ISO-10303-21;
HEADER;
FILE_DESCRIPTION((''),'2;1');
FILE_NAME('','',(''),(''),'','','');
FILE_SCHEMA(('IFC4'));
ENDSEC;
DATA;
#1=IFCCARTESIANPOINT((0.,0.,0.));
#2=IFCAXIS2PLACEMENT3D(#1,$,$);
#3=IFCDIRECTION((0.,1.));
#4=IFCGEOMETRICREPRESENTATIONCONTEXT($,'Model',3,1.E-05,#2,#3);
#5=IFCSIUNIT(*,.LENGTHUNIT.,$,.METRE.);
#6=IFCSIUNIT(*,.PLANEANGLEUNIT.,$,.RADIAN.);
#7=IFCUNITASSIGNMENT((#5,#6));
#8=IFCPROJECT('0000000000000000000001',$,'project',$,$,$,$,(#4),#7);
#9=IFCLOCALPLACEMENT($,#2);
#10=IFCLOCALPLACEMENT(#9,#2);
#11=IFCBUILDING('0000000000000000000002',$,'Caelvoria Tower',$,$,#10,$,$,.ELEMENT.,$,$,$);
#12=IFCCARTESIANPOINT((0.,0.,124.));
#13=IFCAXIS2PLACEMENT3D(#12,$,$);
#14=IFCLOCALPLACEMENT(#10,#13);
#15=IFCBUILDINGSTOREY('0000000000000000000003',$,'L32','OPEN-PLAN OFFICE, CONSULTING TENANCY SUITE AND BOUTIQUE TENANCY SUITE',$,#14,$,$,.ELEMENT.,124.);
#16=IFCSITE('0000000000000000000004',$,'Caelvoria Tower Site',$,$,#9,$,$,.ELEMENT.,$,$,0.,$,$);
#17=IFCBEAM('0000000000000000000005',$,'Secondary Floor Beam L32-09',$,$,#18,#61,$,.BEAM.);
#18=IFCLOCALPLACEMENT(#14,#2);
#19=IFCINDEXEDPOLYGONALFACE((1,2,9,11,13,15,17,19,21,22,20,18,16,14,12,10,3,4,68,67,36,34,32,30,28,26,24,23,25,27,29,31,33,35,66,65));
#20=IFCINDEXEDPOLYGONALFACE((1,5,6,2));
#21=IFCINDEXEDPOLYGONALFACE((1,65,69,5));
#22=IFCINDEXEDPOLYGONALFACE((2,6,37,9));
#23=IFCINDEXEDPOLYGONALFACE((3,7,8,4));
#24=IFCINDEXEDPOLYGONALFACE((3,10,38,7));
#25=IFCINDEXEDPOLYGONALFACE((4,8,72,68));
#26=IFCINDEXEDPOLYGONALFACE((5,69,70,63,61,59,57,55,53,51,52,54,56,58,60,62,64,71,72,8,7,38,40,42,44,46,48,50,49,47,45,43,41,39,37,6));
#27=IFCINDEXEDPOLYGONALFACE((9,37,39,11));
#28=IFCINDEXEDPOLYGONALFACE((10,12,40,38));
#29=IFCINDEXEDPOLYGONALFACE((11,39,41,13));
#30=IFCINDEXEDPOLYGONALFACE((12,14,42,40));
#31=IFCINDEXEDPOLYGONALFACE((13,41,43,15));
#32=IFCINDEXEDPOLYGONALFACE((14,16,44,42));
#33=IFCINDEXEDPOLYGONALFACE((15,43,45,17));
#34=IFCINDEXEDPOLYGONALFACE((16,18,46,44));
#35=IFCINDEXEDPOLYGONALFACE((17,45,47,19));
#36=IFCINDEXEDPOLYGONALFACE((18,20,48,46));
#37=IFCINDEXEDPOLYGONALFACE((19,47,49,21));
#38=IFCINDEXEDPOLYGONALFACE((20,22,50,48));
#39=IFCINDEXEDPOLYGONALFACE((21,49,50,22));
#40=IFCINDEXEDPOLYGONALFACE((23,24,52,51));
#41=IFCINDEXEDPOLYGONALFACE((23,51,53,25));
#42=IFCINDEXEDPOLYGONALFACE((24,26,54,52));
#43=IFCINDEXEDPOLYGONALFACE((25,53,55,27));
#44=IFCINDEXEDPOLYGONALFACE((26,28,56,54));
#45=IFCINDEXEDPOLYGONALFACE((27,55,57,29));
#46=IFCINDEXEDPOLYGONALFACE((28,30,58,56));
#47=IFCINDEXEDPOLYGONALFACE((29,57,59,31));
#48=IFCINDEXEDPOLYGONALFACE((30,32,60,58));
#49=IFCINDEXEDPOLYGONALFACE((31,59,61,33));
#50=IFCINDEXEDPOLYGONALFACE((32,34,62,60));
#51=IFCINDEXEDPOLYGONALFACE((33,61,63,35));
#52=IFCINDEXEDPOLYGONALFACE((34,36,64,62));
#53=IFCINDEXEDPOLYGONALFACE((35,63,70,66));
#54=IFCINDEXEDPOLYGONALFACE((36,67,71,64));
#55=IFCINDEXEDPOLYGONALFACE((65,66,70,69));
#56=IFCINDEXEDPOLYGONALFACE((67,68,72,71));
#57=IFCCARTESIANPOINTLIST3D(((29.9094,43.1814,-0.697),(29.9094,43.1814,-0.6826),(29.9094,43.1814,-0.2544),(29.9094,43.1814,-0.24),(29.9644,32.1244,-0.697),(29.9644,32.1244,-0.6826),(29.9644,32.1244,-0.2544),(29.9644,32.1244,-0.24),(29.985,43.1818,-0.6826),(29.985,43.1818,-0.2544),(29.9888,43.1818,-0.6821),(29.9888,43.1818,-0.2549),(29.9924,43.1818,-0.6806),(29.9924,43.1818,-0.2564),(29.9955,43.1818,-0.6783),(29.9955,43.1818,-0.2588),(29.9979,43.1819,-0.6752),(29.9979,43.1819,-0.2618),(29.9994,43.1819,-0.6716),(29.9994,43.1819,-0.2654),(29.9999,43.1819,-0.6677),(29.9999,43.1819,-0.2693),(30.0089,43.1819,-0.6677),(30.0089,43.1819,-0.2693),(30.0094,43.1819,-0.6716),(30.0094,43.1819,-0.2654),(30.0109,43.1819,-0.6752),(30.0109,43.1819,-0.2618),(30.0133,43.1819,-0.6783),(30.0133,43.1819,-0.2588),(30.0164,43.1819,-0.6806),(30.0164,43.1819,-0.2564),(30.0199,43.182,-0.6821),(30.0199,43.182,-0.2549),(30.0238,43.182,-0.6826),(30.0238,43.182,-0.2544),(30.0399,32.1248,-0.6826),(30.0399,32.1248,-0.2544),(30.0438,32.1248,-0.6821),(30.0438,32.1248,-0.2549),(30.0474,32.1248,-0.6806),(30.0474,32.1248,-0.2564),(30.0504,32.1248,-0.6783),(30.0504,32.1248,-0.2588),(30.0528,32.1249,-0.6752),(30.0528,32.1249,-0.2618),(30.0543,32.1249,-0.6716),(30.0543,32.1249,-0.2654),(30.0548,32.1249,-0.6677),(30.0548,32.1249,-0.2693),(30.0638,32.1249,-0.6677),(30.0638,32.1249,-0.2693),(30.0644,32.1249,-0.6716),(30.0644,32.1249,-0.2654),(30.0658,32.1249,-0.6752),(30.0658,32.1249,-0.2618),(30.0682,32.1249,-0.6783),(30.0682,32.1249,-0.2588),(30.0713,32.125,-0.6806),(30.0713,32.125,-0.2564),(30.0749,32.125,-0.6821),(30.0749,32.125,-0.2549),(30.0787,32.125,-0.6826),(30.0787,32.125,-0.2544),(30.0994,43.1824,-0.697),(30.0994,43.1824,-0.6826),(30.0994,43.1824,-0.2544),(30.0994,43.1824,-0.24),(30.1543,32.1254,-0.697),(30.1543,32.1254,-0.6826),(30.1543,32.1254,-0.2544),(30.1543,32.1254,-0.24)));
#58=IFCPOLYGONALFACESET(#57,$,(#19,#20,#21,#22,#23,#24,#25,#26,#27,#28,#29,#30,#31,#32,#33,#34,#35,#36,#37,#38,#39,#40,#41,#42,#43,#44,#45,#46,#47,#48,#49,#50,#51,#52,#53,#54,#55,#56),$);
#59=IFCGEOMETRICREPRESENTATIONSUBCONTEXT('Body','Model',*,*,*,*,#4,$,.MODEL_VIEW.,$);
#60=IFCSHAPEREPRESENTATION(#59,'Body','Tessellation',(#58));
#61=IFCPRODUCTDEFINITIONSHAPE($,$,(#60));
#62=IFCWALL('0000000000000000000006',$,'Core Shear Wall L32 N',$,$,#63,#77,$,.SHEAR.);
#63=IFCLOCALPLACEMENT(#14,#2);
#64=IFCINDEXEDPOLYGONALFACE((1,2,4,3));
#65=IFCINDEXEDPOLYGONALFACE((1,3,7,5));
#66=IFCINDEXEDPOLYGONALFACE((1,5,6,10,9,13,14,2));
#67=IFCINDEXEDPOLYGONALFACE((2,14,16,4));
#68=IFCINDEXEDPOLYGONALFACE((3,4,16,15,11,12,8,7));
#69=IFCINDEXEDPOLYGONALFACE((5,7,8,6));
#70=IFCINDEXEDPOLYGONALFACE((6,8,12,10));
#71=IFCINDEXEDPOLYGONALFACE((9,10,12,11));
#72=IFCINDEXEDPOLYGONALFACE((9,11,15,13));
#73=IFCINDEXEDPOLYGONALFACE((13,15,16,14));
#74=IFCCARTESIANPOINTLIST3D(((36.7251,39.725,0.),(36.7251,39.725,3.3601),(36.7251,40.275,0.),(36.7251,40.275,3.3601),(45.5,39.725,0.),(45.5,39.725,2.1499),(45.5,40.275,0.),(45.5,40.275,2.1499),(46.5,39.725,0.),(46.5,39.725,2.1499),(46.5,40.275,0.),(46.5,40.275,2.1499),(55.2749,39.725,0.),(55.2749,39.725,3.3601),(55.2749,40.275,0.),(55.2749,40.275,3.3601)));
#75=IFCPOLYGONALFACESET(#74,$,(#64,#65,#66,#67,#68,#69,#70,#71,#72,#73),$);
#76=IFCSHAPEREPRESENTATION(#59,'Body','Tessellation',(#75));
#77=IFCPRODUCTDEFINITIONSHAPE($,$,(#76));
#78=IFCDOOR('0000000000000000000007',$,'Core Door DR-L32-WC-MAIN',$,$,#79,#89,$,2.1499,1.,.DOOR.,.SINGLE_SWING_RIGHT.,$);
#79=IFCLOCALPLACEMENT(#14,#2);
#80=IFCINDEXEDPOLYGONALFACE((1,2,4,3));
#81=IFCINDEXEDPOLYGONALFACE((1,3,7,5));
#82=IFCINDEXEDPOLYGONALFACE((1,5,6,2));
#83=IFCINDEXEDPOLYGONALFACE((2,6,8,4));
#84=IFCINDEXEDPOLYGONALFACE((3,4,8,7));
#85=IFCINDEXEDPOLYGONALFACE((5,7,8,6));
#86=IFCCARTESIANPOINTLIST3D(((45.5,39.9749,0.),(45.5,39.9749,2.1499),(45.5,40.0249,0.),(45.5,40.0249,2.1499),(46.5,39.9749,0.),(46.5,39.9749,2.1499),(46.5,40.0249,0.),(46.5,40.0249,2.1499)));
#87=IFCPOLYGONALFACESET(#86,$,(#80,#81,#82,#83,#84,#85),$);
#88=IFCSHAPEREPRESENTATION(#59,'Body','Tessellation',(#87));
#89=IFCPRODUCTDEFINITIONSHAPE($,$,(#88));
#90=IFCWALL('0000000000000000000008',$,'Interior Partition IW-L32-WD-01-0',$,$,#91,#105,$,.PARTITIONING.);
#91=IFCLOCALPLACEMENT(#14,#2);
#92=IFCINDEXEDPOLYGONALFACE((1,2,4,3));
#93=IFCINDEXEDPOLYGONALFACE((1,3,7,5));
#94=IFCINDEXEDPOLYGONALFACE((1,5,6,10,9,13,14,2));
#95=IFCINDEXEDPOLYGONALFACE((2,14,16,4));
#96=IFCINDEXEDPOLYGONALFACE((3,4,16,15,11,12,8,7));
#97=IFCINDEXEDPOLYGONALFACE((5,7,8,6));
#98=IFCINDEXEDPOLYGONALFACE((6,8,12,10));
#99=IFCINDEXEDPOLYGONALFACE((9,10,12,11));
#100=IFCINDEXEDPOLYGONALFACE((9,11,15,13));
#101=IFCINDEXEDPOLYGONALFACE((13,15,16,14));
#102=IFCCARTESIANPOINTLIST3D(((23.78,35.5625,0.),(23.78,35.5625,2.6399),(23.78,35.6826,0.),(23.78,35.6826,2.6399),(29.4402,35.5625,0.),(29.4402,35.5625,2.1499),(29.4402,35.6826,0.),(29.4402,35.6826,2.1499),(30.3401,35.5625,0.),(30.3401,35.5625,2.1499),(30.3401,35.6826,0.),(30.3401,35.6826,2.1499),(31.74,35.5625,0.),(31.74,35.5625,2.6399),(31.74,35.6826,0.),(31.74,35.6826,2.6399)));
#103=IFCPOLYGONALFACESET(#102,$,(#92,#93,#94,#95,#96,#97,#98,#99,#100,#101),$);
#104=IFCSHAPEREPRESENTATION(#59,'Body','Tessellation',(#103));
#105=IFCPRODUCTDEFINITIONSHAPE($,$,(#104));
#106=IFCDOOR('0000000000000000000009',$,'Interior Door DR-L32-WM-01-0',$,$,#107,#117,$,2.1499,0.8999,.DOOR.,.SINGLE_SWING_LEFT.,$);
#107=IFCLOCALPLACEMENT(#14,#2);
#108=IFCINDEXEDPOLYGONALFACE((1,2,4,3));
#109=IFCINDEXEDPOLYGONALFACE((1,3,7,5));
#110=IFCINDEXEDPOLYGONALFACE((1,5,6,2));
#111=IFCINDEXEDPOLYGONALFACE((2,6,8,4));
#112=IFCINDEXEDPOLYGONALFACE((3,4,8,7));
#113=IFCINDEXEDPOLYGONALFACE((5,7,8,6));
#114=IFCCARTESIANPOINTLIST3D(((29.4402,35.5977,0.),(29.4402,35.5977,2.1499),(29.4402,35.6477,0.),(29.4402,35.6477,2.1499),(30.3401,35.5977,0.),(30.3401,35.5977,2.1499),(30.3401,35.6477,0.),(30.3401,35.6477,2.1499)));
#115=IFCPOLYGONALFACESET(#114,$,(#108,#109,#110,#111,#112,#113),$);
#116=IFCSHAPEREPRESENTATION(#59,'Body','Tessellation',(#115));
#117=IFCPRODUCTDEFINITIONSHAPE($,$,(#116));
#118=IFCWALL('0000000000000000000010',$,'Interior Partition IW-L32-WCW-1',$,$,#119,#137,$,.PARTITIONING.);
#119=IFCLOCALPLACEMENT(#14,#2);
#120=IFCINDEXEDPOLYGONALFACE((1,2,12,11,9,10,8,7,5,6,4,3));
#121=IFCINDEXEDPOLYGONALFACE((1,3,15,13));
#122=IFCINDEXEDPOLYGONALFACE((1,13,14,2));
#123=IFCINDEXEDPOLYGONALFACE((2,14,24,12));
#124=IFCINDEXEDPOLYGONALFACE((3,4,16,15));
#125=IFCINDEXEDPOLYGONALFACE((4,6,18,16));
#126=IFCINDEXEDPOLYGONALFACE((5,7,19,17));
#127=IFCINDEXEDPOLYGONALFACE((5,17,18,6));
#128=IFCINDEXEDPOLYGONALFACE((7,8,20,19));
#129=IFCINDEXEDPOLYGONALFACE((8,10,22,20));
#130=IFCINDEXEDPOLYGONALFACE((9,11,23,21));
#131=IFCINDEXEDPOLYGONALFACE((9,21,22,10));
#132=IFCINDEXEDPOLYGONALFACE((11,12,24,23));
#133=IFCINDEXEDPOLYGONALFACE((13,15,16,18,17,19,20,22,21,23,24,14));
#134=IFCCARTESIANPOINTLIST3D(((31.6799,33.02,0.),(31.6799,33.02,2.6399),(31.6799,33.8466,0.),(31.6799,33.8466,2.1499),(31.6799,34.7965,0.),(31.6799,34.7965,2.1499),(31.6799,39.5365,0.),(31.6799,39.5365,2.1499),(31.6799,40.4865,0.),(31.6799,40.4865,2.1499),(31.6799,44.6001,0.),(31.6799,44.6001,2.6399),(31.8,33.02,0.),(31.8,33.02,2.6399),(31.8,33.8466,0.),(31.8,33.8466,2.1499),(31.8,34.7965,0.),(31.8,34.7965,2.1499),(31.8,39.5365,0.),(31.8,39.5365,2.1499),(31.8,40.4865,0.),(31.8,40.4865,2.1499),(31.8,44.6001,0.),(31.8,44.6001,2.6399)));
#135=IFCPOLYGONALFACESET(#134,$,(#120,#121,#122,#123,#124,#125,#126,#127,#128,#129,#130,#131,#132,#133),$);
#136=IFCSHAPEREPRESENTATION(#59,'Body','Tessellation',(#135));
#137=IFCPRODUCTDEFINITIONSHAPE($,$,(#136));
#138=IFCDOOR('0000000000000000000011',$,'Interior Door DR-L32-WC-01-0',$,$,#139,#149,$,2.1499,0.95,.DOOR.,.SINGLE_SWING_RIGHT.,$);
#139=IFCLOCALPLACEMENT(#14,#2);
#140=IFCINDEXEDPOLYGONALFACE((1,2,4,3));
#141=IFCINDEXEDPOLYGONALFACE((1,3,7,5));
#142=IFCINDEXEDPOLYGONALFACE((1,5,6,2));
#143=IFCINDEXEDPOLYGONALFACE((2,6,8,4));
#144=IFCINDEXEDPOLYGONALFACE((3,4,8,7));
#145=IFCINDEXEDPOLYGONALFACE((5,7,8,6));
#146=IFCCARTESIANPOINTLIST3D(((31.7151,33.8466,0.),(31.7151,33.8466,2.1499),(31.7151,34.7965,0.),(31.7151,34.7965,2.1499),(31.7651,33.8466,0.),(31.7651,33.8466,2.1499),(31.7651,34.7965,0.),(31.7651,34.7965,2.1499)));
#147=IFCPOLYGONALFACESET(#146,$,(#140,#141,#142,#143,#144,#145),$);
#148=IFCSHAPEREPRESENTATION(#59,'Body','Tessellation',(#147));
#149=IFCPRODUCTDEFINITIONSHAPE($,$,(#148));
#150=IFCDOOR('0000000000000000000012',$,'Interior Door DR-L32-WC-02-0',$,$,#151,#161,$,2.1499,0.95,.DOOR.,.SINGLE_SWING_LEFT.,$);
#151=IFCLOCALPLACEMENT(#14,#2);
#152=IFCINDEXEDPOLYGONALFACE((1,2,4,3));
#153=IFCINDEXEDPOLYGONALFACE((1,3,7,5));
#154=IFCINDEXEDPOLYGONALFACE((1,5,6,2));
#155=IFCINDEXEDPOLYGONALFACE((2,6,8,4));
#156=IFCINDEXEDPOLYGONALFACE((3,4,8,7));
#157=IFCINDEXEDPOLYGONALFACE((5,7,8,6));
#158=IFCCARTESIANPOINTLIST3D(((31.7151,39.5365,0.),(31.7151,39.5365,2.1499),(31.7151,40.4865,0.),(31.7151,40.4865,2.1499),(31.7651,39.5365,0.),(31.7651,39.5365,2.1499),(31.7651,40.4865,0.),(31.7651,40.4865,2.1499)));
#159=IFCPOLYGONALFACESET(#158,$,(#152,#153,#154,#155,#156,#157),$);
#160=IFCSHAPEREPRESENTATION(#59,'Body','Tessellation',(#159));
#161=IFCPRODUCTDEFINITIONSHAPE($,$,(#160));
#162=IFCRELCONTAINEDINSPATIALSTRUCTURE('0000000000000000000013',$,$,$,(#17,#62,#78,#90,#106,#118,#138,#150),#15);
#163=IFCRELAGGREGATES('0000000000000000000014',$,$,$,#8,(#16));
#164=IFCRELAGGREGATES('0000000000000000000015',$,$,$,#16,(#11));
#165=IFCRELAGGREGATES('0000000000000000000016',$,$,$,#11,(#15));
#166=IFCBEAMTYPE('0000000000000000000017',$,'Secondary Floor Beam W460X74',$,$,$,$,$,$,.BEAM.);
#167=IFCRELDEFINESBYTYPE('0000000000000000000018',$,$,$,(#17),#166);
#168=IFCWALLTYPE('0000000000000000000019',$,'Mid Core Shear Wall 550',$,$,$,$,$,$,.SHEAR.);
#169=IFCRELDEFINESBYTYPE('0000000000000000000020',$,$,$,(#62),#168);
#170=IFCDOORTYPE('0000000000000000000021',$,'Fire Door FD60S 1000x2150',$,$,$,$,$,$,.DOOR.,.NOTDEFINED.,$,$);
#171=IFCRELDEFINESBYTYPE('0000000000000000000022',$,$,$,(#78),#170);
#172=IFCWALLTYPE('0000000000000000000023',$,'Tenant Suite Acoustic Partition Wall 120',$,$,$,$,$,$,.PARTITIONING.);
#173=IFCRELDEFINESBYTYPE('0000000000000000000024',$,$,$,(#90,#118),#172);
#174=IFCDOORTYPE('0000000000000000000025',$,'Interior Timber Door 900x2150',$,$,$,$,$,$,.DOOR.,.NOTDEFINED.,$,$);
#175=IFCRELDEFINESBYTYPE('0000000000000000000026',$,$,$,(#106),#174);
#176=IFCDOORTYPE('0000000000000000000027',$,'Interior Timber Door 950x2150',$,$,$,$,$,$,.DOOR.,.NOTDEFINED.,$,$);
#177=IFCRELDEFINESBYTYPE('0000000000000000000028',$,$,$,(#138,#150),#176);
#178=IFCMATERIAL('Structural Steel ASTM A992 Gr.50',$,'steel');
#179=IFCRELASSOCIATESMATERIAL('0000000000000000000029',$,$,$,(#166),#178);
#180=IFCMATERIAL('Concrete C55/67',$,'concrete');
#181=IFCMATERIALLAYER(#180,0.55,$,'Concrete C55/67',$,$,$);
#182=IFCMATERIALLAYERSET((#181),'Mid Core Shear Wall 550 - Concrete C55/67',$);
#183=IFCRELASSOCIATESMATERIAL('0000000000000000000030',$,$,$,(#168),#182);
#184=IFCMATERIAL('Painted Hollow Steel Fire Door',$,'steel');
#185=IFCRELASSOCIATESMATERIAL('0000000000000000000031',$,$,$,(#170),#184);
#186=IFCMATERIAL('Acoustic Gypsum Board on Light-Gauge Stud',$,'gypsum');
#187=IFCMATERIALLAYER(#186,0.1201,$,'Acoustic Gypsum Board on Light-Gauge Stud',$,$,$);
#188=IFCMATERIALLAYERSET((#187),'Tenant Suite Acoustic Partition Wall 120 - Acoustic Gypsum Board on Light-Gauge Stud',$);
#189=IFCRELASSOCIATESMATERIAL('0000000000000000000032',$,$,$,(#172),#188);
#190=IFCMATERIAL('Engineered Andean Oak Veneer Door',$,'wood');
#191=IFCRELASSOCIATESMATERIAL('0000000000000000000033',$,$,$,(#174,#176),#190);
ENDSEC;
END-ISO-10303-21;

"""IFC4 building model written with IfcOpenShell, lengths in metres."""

from ifc_helpers import new_model, si_unit, direction, frame, frame_2d, origin, origin_2d, place, context, subcontext, project, spatial, rectangle, i_section, extrude, material, layer, layer_set, material_profile, profile_set, type_object, element, fill, save


model = new_model("IFC4")

# Units and contexts
model_context = context("Model", 3, precision=1e-05, world=origin(), true_north=direction((0.0, 1.0)))
body_context = subcontext(model_context, "Body", "Model", "MODEL_VIEW")
ifc_project = project(units=[si_unit("LENGTHUNIT", "METRE"), si_unit("PLANEANGLEUNIT", "RADIAN")], contexts=[model_context])

# Site, building, storey
site_placement = place(None, origin())
site = spatial("IfcSite", under=ifc_project, at=site_placement, Name="Caelvoria Tower Site", CompositionType="ELEMENT", RefElevation=0.0)
building_placement = place(site_placement, origin())
building = spatial("IfcBuilding", under=site, at=building_placement, Name="Caelvoria Tower", CompositionType="ELEMENT")
storey_placement = place(building_placement, frame((0.0, 0.0, 124.0)))
storey = spatial("IfcBuildingStorey", under=building, at=storey_placement, Name="L32", Description="OPEN-PLAN OFFICE, CONSULTING TENANCY SUITE AND BOUTIQUE TENANCY SUITE", CompositionType="ELEMENT", Elevation=124.0)

# Beam
ifc_material_1 = material(Name="Structural Steel ASTM A992 Gr.50", Category="steel")
ifc_material_profile = material_profile(ifc_material_1, i_section(OverallWidth=0.1899, OverallDepth=0.457, WebThickness=0.009, FlangeThickness=0.0144, FilletRadius=0.0149, at=origin_2d()), Name="Structural Steel ASTM A992 Gr.50")
ifc_profile_set = profile_set([ifc_material_profile], Name="W460X74 - Structural Steel ASTM A992 Gr.50")
beam_type = type_object("IfcBeamType", Name="Secondary Floor Beam W460X74", PredefinedType="BEAM", material=ifc_profile_set)
beam_placement = place(storey_placement, frame((30.0044, 43.1819, -0.4685), z_axis=(0.004968, -0.999988, 0.0), x_axis=(0.999988, 0.004968, 0.0)))
element("IfcBeam", 1, at=beam_placement, inside=storey, type_object=beam_type, Name="Secondary Floor Beam L32-09", PredefinedType="BEAM", context=body_context, shape_type="SweptSolid", body=[
    extrude(i_section(OverallWidth=0.1899, OverallDepth=0.457, WebThickness=0.009, FlangeThickness=0.0144, FilletRadius=0.0149, at=origin_2d()), origin(), (0.0, 0.0, 1.0), 11.0571),
])

# Walls, openings, doors
ifc_material_2 = material(Name="Concrete C55/67", Category="concrete")
ifc_layer_1 = layer(ifc_material_2, 0.55, Name="Concrete C55/67")
ifc_layer_set_1 = layer_set([ifc_layer_1], Name="Mid Core Shear Wall 550 - Concrete C55/67")
wall_type_1 = type_object("IfcWallType", Name="Mid Core Shear Wall 550", PredefinedType="SHEAR", material=ifc_layer_set_1)
wall_1_placement = place(storey_placement, frame((36.7251, 40.0, 0.0), z_axis=(0.0, 0.0, 1.0), x_axis=(1.0, 0.0, 0.0)))
wall_1 = element("IfcWall", 2, at=wall_1_placement, inside=storey, type_object=wall_type_1, Name="Core Shear Wall L32 N", PredefinedType="SHEAR", context=body_context, shape_type="SweptSolid", body=[
    extrude(rectangle(XDim=18.5498, YDim=0.55, at=frame_2d((9.2749, 0.0))), origin(), (0.0, 0.0, 1.0), 3.3601),
])
opening_1_placement = place(wall_1_placement, frame((8.7749, 0.0, 0.0)))
opening_1 = element("IfcOpeningElement", 3, at=opening_1_placement, cuts=wall_1, PredefinedType="OPENING", context=body_context, shape_type="SweptSolid", body=[
    extrude(rectangle(XDim=1.0, YDim=2.1499, at=frame_2d((0.5, 1.075))), frame((0.0, 0.2849, 0.0), z_axis=(0.0, -1.0, 0.0), x_axis=(1.0, 0.0, 0.0)), (0.0, 0.0, 1.0), 0.5701),
])
ifc_material_3 = material(Name="Painted Hollow Steel Fire Door", Category="steel")
door_type_1 = type_object("IfcDoorType", Name="Fire Door FD60S 1000x2150", OperationType="NOTDEFINED", PredefinedType="DOOR", material=ifc_material_3)
door_1_placement = place(opening_1_placement, origin())
door_1 = element("IfcDoor", 4, at=door_1_placement, inside=storey, type_object=door_type_1, Name="Core Door DR-L32-WC-MAIN", OperationType="SINGLE_SWING_RIGHT", OverallHeight=2.1499, OverallWidth=1.0, PredefinedType="DOOR", context=body_context, shape_type="SweptSolid", body=[
    extrude(rectangle(XDim=1.0, YDim=2.1499, at=frame_2d((0.5, 1.075))), frame((0.0, 0.0249, 0.0), z_axis=(0.0, -1.0, 0.0), x_axis=(1.0, 0.0, 0.0)), (0.0, 0.0, 1.0), 0.05),
])
fill(opening_1, door_1)
ifc_material_4 = material(Name="Acoustic Gypsum Board on Light-Gauge Stud", Category="gypsum")
ifc_layer_2 = layer(ifc_material_4, 0.1201, Name="Acoustic Gypsum Board on Light-Gauge Stud")
ifc_layer_set_2 = layer_set([ifc_layer_2], Name="Tenant Suite Acoustic Partition Wall 120 - Acoustic Gypsum Board on Light-Gauge Stud")
wall_type_2 = type_object("IfcWallType", Name="Tenant Suite Acoustic Partition Wall 120", PredefinedType="PARTITIONING", material=ifc_layer_set_2)
wall_2_placement = place(storey_placement, frame((31.74, 35.6226, 0.0), z_axis=(0.0, 0.0, 1.0), x_axis=(-1.0, 0.0, 0.0)))
wall_2 = element("IfcWall", 5, at=wall_2_placement, inside=storey, type_object=wall_type_2, Name="Interior Partition IW-L32-WD-01-0", PredefinedType="PARTITIONING", context=body_context, shape_type="SweptSolid", body=[
    extrude(rectangle(XDim=7.96, YDim=0.1201, at=frame_2d((3.98, 0.0))), origin(), (0.0, 0.0, 1.0), 2.6399),
])
opening_2_placement = place(wall_2_placement, frame((1.3999, 0.0, 0.0)))
opening_2 = element("IfcOpeningElement", 6, at=opening_2_placement, cuts=wall_2, PredefinedType="OPENING", context=body_context, shape_type="SweptSolid", body=[
    extrude(rectangle(XDim=0.8999, YDim=2.1499, at=frame_2d((0.45, 1.075))), frame((0.0, 0.0701, 0.0), z_axis=(0.0, -1.0, 0.0), x_axis=(1.0, 0.0, 0.0)), (0.0, 0.0, 1.0), 0.1401),
])
ifc_material_5 = material(Name="Engineered Andean Oak Veneer Door", Category="wood")
door_type_2 = type_object("IfcDoorType", Name="Interior Timber Door 900x2150", OperationType="NOTDEFINED", PredefinedType="DOOR", material=ifc_material_5)
door_2_placement = place(opening_2_placement, origin())
door_2 = element("IfcDoor", 7, at=door_2_placement, inside=storey, type_object=door_type_2, Name="Interior Door DR-L32-WM-01-0", OperationType="SINGLE_SWING_LEFT", OverallHeight=2.1499, OverallWidth=0.8999, PredefinedType="DOOR", context=body_context, shape_type="SweptSolid", body=[
    extrude(rectangle(XDim=0.8999, YDim=2.1499, at=frame_2d((0.45, 1.075))), frame((0.0, 0.0249, 0.0), z_axis=(0.0, -1.0, 0.0), x_axis=(1.0, 0.0, 0.0)), (0.0, 0.0, 1.0), 0.05),
])
fill(opening_2, door_2)

# Wall, openings, doors
wall_3_placement = place(storey_placement, frame((31.74, 33.02, 0.0), z_axis=(0.0, 0.0, 1.0), x_axis=(0.0, 1.0, 0.0)))
wall_3 = element("IfcWall", 8, at=wall_3_placement, inside=storey, type_object=wall_type_2, Name="Interior Partition IW-L32-WCW-1", PredefinedType="PARTITIONING", context=body_context, shape_type="SweptSolid", body=[
    extrude(rectangle(XDim=11.5801, YDim=0.1201, at=frame_2d((5.79, 0.0))), origin(), (0.0, 0.0, 1.0), 2.6399),
])
opening_3_placement = place(wall_3_placement, frame((0.8264, 0.0, 0.0)))
opening_3 = element("IfcOpeningElement", 9, at=opening_3_placement, cuts=wall_3, PredefinedType="OPENING", context=body_context, shape_type="SweptSolid", body=[
    extrude(rectangle(XDim=0.95, YDim=2.1499, at=frame_2d((0.4751, 1.075))), frame((0.0, 0.0701, 0.0), z_axis=(0.0, -1.0, 0.0), x_axis=(1.0, 0.0, 0.0)), (0.0, 0.0, 1.0), 0.1401),
])
opening_4_placement = place(wall_3_placement, frame((6.5164, 0.0, 0.0)))
opening_4 = element("IfcOpeningElement", 10, at=opening_4_placement, cuts=wall_3, PredefinedType="OPENING", context=body_context, shape_type="SweptSolid", body=[
    extrude(rectangle(XDim=0.95, YDim=2.1499, at=frame_2d((0.4751, 1.075))), frame((0.0, 0.0701, 0.0), z_axis=(0.0, -1.0, 0.0), x_axis=(1.0, 0.0, 0.0)), (0.0, 0.0, 1.0), 0.1401),
])
door_type_3 = type_object("IfcDoorType", Name="Interior Timber Door 950x2150", OperationType="NOTDEFINED", PredefinedType="DOOR", material=ifc_material_5)
door_3_placement = place(opening_3_placement, origin())
door_3 = element("IfcDoor", 11, at=door_3_placement, inside=storey, type_object=door_type_3, Name="Interior Door DR-L32-WC-01-0", OperationType="SINGLE_SWING_RIGHT", OverallHeight=2.1499, OverallWidth=0.95, PredefinedType="DOOR", context=body_context, shape_type="SweptSolid", body=[
    extrude(rectangle(XDim=0.95, YDim=2.1499, at=frame_2d((0.4751, 1.075))), frame((0.0, 0.0249, 0.0), z_axis=(0.0, -1.0, 0.0), x_axis=(1.0, 0.0, 0.0)), (0.0, 0.0, 1.0), 0.05),
])
fill(opening_3, door_3)
door_4_placement = place(opening_4_placement, origin())
door_4 = element("IfcDoor", 12, at=door_4_placement, inside=storey, type_object=door_type_3, Name="Interior Door DR-L32-WC-02-0", OperationType="SINGLE_SWING_LEFT", OverallHeight=2.1499, OverallWidth=0.95, PredefinedType="DOOR", context=body_context, shape_type="SweptSolid", body=[
    extrude(rectangle(XDim=0.95, YDim=2.1499, at=frame_2d((0.4751, 1.075))), frame((0.0, 0.0249, 0.0), z_axis=(0.0, -1.0, 0.0), x_axis=(1.0, 0.0, 0.0)), (0.0, 0.0, 1.0), 0.05),
])
fill(opening_4, door_4)

save(model, "model.ifc")
